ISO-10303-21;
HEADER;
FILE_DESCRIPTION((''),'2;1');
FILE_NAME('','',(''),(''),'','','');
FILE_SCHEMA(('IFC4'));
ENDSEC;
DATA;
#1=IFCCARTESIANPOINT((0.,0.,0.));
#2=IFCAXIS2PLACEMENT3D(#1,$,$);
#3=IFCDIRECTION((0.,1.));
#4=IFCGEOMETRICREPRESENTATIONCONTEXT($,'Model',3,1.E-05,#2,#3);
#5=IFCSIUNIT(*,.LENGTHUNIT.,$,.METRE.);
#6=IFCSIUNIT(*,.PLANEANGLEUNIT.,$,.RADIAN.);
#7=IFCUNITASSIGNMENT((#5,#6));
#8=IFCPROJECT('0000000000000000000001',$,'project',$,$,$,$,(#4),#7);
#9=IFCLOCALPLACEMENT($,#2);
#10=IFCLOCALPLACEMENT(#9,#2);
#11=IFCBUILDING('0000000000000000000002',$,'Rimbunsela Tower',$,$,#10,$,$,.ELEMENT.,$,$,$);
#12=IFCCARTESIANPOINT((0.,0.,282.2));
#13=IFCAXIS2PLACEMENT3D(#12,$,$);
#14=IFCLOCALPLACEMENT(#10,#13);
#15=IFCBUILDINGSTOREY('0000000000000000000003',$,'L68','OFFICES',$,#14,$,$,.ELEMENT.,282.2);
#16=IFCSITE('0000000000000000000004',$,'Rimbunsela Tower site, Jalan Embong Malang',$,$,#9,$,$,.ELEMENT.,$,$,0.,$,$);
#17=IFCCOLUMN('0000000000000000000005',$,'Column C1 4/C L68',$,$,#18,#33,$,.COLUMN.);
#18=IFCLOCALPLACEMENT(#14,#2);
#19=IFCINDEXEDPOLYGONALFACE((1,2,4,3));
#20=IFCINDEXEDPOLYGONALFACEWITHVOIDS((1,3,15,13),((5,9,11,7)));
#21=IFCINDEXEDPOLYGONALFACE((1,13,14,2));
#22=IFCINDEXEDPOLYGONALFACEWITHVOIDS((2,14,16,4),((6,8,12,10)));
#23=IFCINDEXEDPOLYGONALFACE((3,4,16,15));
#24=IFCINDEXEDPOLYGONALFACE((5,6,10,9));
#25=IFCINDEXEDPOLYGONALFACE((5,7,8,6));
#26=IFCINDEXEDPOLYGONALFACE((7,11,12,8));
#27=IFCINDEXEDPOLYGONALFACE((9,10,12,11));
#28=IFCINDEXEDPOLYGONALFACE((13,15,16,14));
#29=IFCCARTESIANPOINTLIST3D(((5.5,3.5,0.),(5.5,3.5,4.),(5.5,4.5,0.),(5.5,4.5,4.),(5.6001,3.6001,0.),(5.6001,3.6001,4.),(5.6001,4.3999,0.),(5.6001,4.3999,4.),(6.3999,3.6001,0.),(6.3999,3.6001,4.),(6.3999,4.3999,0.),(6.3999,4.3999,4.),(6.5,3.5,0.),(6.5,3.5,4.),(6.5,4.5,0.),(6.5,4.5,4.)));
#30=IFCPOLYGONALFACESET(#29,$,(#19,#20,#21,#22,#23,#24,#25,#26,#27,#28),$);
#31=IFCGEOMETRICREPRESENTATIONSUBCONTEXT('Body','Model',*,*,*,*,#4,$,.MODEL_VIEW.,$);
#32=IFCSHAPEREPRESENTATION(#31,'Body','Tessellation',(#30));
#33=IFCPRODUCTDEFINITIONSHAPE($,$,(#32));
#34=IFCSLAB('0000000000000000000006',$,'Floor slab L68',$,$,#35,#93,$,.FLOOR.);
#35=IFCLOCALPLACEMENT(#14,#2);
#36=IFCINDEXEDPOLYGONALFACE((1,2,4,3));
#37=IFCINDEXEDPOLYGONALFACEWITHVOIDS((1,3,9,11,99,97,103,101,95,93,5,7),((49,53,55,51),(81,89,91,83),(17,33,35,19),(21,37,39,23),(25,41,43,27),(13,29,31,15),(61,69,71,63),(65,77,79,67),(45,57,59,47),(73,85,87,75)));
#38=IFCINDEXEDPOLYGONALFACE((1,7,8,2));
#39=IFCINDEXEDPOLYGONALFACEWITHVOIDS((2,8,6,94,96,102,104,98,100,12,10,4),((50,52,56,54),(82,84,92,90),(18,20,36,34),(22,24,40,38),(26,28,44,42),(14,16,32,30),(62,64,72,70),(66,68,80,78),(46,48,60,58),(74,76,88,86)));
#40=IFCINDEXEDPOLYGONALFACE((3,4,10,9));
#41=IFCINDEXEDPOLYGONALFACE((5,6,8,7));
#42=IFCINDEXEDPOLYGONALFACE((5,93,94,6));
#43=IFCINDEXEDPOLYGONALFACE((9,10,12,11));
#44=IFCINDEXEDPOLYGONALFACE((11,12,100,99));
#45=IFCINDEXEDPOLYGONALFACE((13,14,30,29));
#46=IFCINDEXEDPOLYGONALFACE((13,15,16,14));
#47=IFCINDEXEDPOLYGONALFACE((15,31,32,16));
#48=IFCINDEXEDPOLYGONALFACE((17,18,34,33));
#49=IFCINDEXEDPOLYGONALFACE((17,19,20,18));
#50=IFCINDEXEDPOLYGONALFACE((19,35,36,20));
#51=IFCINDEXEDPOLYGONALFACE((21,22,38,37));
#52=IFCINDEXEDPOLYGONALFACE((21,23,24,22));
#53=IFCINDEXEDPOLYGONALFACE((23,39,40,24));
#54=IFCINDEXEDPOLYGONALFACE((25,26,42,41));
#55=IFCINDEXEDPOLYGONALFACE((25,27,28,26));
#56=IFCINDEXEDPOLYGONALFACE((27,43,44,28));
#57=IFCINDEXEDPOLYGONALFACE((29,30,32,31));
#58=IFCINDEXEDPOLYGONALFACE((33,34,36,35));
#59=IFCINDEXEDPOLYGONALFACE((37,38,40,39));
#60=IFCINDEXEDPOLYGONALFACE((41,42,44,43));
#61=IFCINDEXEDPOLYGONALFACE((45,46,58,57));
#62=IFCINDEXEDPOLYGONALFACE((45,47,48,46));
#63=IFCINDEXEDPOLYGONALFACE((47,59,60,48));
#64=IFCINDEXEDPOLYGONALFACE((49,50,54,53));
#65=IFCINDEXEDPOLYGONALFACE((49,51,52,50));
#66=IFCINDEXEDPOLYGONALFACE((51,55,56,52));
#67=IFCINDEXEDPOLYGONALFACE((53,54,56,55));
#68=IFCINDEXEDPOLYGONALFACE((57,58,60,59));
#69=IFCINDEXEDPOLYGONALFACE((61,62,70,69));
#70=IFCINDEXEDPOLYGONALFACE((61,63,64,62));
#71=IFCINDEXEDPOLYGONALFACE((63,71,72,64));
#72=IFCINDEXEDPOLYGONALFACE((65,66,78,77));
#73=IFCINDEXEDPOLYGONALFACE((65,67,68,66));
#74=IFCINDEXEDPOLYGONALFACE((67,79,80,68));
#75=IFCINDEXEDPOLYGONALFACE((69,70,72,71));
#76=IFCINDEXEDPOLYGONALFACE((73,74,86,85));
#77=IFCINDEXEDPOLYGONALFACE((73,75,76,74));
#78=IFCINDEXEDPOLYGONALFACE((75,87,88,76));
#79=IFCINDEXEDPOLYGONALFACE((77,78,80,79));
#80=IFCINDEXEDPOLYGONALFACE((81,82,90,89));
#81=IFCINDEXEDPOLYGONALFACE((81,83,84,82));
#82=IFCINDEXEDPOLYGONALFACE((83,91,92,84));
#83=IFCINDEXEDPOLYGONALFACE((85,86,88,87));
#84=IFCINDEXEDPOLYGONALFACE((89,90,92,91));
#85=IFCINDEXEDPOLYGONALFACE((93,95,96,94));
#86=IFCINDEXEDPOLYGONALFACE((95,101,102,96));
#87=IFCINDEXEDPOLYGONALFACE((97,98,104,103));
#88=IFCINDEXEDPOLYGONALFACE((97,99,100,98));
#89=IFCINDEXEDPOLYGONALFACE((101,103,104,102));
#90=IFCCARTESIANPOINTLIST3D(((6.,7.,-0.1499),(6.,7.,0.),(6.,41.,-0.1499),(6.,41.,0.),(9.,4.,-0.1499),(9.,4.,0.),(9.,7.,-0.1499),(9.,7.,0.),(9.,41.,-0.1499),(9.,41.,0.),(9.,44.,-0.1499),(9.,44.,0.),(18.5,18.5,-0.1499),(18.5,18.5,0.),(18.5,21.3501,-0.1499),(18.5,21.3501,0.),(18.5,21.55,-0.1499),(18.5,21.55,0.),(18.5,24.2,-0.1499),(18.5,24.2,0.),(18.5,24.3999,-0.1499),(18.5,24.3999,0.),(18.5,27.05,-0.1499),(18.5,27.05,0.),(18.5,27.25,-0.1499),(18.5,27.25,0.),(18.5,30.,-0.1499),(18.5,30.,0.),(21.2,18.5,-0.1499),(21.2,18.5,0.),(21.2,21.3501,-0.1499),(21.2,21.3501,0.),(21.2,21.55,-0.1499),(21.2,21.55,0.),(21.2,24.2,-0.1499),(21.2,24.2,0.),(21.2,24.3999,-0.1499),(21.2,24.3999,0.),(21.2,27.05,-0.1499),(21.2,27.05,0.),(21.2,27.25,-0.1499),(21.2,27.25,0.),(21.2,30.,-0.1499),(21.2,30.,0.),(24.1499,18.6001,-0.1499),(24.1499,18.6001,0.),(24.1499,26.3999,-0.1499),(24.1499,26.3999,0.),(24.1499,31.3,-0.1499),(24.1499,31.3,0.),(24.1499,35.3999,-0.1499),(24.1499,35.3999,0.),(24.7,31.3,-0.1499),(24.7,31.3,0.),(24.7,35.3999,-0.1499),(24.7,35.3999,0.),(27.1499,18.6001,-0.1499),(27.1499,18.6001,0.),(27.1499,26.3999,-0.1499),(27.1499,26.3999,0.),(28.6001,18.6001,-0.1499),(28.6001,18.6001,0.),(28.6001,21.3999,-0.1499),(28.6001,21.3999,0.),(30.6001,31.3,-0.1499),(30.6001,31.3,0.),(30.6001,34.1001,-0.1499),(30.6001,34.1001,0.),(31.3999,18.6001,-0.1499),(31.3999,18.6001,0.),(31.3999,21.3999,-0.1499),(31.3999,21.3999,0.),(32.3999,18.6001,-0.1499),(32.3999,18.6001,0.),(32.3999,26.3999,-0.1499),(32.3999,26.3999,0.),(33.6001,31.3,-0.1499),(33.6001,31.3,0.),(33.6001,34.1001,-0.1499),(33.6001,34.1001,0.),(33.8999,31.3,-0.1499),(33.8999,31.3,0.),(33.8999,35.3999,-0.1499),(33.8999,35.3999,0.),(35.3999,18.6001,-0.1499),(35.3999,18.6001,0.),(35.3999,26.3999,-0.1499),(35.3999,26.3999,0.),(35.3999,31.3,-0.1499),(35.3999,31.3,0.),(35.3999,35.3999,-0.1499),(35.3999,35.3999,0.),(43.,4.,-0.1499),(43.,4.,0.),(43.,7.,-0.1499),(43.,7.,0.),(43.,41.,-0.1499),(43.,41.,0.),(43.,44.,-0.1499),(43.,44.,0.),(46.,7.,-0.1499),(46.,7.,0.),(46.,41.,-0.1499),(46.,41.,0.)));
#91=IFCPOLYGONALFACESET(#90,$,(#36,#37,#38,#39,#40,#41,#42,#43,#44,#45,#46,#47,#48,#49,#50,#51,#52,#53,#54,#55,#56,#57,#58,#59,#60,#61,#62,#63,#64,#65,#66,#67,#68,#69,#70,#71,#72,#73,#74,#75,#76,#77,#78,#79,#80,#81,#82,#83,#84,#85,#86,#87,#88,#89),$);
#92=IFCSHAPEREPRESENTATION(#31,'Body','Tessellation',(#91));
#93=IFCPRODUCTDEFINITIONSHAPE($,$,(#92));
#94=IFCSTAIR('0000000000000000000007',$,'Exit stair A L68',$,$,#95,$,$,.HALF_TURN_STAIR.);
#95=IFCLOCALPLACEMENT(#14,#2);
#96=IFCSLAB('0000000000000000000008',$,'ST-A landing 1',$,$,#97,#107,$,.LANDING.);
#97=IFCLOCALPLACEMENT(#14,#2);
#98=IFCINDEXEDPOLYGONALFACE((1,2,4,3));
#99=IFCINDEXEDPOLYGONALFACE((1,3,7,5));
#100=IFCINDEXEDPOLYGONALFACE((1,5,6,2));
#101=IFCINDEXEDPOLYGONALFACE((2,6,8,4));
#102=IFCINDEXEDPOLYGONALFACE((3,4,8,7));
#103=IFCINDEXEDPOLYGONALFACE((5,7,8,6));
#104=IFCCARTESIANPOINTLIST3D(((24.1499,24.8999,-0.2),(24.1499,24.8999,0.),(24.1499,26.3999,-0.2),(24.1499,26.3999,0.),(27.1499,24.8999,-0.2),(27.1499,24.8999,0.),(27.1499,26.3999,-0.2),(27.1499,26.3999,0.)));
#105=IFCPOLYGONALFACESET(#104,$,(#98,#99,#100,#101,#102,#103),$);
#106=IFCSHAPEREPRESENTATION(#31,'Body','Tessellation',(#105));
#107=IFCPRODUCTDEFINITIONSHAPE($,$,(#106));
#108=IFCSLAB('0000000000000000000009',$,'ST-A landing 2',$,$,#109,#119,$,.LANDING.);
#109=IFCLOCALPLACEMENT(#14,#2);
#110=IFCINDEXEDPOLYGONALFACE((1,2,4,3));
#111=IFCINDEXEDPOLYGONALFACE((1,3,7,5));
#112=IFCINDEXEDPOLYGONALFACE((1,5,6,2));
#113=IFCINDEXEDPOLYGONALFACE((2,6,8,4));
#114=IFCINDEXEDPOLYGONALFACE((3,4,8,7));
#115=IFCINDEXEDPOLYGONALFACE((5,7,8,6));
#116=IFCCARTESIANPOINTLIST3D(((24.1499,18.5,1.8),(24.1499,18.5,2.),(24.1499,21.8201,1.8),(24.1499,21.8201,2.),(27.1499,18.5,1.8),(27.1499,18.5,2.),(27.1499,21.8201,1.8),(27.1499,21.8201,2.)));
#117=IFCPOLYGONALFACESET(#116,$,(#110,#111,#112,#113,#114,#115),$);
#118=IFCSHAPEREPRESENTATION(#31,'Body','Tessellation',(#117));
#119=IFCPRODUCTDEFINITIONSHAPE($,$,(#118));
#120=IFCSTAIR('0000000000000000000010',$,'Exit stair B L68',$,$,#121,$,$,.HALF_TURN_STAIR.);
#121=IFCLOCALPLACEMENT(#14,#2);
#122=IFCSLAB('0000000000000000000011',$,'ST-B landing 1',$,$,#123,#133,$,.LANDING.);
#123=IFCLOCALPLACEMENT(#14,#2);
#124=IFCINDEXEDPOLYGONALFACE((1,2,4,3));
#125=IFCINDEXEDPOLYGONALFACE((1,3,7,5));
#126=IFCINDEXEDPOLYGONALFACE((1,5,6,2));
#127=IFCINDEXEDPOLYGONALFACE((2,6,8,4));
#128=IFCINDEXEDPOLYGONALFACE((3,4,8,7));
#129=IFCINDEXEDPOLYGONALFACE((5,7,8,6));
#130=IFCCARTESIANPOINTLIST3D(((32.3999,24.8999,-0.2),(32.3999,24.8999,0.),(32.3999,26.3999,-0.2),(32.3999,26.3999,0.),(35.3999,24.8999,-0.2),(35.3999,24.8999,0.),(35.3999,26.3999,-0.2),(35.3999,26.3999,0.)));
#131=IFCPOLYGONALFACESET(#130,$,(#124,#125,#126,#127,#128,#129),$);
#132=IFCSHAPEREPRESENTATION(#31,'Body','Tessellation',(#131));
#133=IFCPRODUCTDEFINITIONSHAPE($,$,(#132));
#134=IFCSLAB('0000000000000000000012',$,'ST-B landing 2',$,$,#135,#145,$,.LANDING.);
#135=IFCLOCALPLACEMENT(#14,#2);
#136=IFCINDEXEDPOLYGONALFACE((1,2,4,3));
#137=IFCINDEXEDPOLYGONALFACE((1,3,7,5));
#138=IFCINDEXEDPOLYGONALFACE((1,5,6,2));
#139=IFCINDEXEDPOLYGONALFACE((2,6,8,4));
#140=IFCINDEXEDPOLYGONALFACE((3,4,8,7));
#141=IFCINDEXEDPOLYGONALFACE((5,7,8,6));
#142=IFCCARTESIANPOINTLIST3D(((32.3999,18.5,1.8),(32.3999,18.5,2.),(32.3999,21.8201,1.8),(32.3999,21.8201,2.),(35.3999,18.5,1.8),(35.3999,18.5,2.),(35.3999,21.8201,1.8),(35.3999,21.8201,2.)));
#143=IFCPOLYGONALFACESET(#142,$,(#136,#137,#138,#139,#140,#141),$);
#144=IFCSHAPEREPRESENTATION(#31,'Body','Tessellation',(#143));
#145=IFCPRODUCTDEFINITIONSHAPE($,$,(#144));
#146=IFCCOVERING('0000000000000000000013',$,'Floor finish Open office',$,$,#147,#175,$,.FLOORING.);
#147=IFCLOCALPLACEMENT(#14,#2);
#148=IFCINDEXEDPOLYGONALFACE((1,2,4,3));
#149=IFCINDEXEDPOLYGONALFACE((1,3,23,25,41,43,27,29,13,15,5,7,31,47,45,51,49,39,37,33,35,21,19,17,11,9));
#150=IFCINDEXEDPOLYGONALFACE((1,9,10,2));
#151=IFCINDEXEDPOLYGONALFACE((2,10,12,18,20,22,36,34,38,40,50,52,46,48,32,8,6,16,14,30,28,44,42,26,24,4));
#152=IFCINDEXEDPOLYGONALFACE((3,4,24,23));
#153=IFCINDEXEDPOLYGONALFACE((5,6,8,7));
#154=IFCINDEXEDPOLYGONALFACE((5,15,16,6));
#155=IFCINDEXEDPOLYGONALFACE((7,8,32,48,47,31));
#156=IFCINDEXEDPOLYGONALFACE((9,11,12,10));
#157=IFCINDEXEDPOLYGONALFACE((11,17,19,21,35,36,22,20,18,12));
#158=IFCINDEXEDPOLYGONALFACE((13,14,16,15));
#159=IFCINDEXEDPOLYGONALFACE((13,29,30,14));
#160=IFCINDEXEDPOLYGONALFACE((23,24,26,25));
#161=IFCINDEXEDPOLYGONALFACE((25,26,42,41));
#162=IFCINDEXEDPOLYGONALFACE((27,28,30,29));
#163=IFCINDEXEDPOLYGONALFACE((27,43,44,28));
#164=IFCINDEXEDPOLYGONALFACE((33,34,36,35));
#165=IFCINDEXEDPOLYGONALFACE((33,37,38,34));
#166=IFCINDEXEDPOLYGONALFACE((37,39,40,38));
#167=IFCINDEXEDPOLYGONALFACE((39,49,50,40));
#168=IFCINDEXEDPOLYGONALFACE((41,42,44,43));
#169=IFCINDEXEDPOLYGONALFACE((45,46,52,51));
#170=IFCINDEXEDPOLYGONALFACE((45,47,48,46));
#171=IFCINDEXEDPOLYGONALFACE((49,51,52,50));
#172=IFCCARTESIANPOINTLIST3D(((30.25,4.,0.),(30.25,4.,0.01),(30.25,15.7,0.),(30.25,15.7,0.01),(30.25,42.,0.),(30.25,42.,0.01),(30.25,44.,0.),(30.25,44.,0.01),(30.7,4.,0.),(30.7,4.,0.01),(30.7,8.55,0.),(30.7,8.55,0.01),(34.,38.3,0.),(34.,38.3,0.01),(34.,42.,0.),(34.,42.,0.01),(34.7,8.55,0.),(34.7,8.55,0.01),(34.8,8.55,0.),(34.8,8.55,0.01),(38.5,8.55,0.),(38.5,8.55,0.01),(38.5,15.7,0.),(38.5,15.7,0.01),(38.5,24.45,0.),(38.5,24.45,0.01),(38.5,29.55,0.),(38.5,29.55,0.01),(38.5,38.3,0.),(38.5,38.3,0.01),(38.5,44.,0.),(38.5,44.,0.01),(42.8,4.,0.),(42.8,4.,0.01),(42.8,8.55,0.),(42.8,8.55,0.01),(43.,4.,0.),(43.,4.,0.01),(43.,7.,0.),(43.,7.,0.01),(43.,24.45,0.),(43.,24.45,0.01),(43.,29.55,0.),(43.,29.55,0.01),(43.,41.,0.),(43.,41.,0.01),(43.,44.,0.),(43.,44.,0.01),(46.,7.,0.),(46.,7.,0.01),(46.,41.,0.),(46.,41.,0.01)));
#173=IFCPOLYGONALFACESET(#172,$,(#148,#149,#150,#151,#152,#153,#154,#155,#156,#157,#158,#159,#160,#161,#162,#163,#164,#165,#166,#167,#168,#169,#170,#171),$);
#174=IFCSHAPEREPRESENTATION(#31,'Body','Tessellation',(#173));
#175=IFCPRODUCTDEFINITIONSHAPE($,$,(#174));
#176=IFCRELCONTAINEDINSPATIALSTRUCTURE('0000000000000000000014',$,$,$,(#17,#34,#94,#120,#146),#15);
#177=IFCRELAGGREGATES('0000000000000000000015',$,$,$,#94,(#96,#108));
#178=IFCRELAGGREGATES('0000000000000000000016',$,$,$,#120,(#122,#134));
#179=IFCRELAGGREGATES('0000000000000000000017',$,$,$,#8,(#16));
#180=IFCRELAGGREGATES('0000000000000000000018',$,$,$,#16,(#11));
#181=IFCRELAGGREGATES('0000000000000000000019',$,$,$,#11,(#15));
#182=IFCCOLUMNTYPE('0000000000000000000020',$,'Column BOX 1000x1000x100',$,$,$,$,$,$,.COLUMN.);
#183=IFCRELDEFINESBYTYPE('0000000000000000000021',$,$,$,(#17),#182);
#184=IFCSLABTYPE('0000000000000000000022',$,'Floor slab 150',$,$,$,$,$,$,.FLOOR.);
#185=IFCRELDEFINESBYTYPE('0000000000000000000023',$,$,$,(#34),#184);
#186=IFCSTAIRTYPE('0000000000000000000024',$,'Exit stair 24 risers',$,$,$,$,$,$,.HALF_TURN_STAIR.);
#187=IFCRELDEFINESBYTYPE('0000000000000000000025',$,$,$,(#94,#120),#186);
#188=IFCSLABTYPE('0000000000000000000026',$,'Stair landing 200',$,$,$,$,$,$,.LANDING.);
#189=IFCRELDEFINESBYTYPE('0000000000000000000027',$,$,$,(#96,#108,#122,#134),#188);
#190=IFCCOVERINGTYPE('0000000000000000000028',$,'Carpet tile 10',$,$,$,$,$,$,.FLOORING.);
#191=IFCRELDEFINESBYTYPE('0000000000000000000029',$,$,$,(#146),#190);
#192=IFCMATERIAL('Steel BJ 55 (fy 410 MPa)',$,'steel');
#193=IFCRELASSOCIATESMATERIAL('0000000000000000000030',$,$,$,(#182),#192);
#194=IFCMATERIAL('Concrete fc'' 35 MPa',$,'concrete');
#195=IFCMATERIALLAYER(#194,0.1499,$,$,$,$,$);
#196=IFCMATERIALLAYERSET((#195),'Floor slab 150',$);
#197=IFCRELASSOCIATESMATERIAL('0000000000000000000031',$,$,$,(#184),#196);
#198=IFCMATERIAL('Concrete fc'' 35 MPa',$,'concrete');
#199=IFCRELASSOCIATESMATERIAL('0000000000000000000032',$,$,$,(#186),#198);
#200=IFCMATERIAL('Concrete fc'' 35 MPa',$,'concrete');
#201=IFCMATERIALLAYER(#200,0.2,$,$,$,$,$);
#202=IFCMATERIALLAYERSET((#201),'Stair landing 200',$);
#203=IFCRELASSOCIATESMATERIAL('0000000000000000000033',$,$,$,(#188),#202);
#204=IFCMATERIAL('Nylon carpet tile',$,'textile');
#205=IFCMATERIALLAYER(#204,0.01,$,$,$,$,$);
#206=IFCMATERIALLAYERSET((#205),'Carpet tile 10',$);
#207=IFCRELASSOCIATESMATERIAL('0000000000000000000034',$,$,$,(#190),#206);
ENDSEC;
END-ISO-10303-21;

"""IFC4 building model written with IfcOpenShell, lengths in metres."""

from ifc_helpers import new_model, si_unit, direction, frame, origin, origin_2d, place, context, subcontext, project, spatial, polyline, hollow_rectangle, outline, extrude, material, layer, layer_set, material_profile, profile_set, type_object, element, aggregate, save


model = new_model("IFC4")

# Units and contexts
model_context = context("Model", 3, precision=1e-05, world=origin(), true_north=direction((0.0, 1.0)))
body_context = subcontext(model_context, "Body", "Model", "MODEL_VIEW")
ifc_project = project(units=[si_unit("LENGTHUNIT", "METRE"), si_unit("PLANEANGLEUNIT", "RADIAN")], contexts=[model_context])

# Site, building, storey
site_placement = place(None, origin())
site = spatial("IfcSite", under=ifc_project, at=site_placement, Name="Rimbunsela Tower site, Jalan Embong Malang", CompositionType="ELEMENT", RefElevation=0.0)
building_placement = place(site_placement, origin())
building = spatial("IfcBuilding", under=site, at=building_placement, Name="Rimbunsela Tower", CompositionType="ELEMENT")
storey_placement = place(building_placement, frame((0.0, 0.0, 282.2)))
storey = spatial("IfcBuildingStorey", under=building, at=storey_placement, Name="L68", Description="OFFICES", CompositionType="ELEMENT", Elevation=282.2)

# Column
ifc_material_1 = material(Name="Steel BJ 55 (fy 410 MPa)", Category="steel")
ifc_material_profile = material_profile(ifc_material_1, hollow_rectangle(XDim=1.0, YDim=1.0, WallThickness=0.1001, at=origin_2d()), Name="BOX 1000x1000x100")
ifc_profile_set = profile_set([ifc_material_profile], Name="Steel BJ 55 (fy 410 MPa)")
column_type = type_object("IfcColumnType", Name="Column BOX 1000x1000x100", PredefinedType="COLUMN", material=ifc_profile_set)
column_placement = place(storey_placement, frame((6.0, 4.0, 0.0), z_axis=(0.0, 0.0, 1.0), x_axis=(1.0, 0.0, 0.0)))
element("IfcColumn", 1, at=column_placement, inside=storey, type_object=column_type, Name="Column C1 4/C L68", PredefinedType="COLUMN", context=body_context, shape_type="SweptSolid", body=[
    extrude(hollow_rectangle(XDim=1.0, YDim=1.0, WallThickness=0.1001, at=origin_2d()), origin(), (0.0, 0.0, 1.0), 4.0),
])

# Slab
ifc_material_2 = material(Name="Concrete fc' 35 MPa", Category="concrete")
ifc_layer_1 = layer(ifc_material_2, 0.1499)
ifc_layer_set_1 = layer_set([ifc_layer_1], Name="Floor slab 150")
slab_type_1 = type_object("IfcSlabType", Name="Floor slab 150", PredefinedType="FLOOR", material=ifc_layer_set_1)
slab_1_placement = place(storey_placement, frame((0.0, 0.0, -0.1499)))
element("IfcSlab", 2, at=slab_1_placement, inside=storey, type_object=slab_type_1, Name="Floor slab L68", PredefinedType="FLOOR", context=body_context, shape_type="SweptSolid", body=[
    extrude(outline(polyline([(9.0, 4.0), (43.0, 4.0), (43.0, 7.0), (46.0, 7.0), (46.0, 41.0), (43.0, 41.0), (43.0, 44.0), (9.0, 44.0), (9.0, 41.0), (6.0, 41.0), (6.0, 7.0), (9.0, 7.0), (9.0, 4.0)]), holes=[polyline([(21.2, 21.3501), (18.5, 21.3501), (18.5, 18.5), (21.2, 18.5), (21.2, 21.3501)]), polyline([(21.2, 21.55), (21.2, 24.2), (18.5, 24.2), (18.5, 21.55), (21.2, 21.55)]), polyline([(21.2, 27.05), (18.5, 27.05), (18.5, 24.3999), (21.2, 24.3999), (21.2, 27.05)]), polyline([(21.2, 30.0), (18.5, 30.0), (18.5, 27.25), (21.2, 27.25), (21.2, 30.0)]), polyline([(27.1499, 26.3999), (24.1499, 26.3999), (24.1499, 18.6001), (27.1499, 18.6001), (27.1499, 26.3999)]), polyline([(24.7, 31.3), (24.7, 35.3999), (24.1499, 35.3999), (24.1499, 31.3), (24.7, 31.3)]), polyline([(31.3999, 21.3999), (28.6001, 21.3999), (28.6001, 18.6001), (31.3999, 18.6001), (31.3999, 21.3999)]), polyline([(33.6001, 34.1001), (30.6001, 34.1001), (30.6001, 31.3), (33.6001, 31.3), (33.6001, 34.1001)]), polyline([(35.3999, 18.6001), (35.3999, 26.3999), (32.3999, 26.3999), (32.3999, 18.6001), (35.3999, 18.6001)]), polyline([(35.3999, 31.3), (35.3999, 35.3999), (33.8999, 35.3999), (33.8999, 31.3), (35.3999, 31.3)])]), origin(), (0.0, 0.0, 1.0), 0.1499),
])

# Stairs, slabs
ifc_material_3 = material(Name="Concrete fc' 35 MPa", Category="concrete")
stair_type = type_object("IfcStairType", Name="Exit stair 24 risers", PredefinedType="HALF_TURN_STAIR", material=ifc_material_3)
stair_1_placement = place(storey_placement, origin())
stair_1 = element("IfcStair", 3, at=stair_1_placement, inside=storey, type_object=stair_type, Name="Exit stair A L68", PredefinedType="HALF_TURN_STAIR")
ifc_material_4 = material(Name="Concrete fc' 35 MPa", Category="concrete")
ifc_layer_2 = layer(ifc_material_4, 0.2)
ifc_layer_set_2 = layer_set([ifc_layer_2], Name="Stair landing 200")
slab_type_2 = type_object("IfcSlabType", Name="Stair landing 200", PredefinedType="LANDING", material=ifc_layer_set_2)
slab_2_placement = place(storey_placement, frame((0.0, 0.0, -0.2)))
slab_2 = element("IfcSlab", 4, at=slab_2_placement, type_object=slab_type_2, Name="ST-A landing 1", PredefinedType="LANDING", context=body_context, shape_type="SweptSolid", body=[
    extrude(outline(polyline([(24.1499, 24.8999), (27.1499, 24.8999), (27.1499, 26.3999), (24.1499, 26.3999), (24.1499, 24.8999)])), origin(), (0.0, 0.0, 1.0), 0.2),
])
slab_3_placement = place(storey_placement, frame((0.0, 0.0, 1.8)))
slab_3 = element("IfcSlab", 5, at=slab_3_placement, type_object=slab_type_2, Name="ST-A landing 2", PredefinedType="LANDING", context=body_context, shape_type="SweptSolid", body=[
    extrude(outline(polyline([(24.1499, 18.5), (27.1499, 18.5), (27.1499, 21.8201), (24.1499, 21.8201), (24.1499, 18.5)])), origin(), (0.0, 0.0, 1.0), 0.2),
])
aggregate(stair_1, [slab_2, slab_3])
stair_2_placement = place(storey_placement, origin())
stair_2 = element("IfcStair", 6, at=stair_2_placement, inside=storey, type_object=stair_type, Name="Exit stair B L68", PredefinedType="HALF_TURN_STAIR")
slab_4_placement = place(storey_placement, frame((0.0, 0.0, -0.2)))
slab_4 = element("IfcSlab", 7, at=slab_4_placement, type_object=slab_type_2, Name="ST-B landing 1", PredefinedType="LANDING", context=body_context, shape_type="SweptSolid", body=[
    extrude(outline(polyline([(32.3999, 24.8999), (35.3999, 24.8999), (35.3999, 26.3999), (32.3999, 26.3999), (32.3999, 24.8999)])), origin(), (0.0, 0.0, 1.0), 0.2),
])
slab_5_placement = place(storey_placement, frame((0.0, 0.0, 1.8)))
slab_5 = element("IfcSlab", 8, at=slab_5_placement, type_object=slab_type_2, Name="ST-B landing 2", PredefinedType="LANDING", context=body_context, shape_type="SweptSolid", body=[
    extrude(outline(polyline([(32.3999, 18.5), (35.3999, 18.5), (35.3999, 21.8201), (32.3999, 21.8201), (32.3999, 18.5)])), origin(), (0.0, 0.0, 1.0), 0.2),
])
aggregate(stair_2, [slab_4, slab_5])

# Covering
ifc_material_5 = material(Name="Nylon carpet tile", Category="textile")
ifc_layer_3 = layer(ifc_material_5, 0.01)
ifc_layer_set_3 = layer_set([ifc_layer_3], Name="Carpet tile 10")
covering_type_1 = type_object("IfcCoveringType", Name="Carpet tile 10", PredefinedType="FLOORING", material=ifc_layer_set_3)
covering_1_placement = place(storey_placement, origin())
element("IfcCovering", 9, at=covering_1_placement, inside=storey, type_object=covering_type_1, Name="Floor finish Open office", PredefinedType="FLOORING", context=body_context, shape_type="SweptSolid", body=[
    extrude(outline(polyline([(30.7, 8.55), (30.7, 4.0), (30.25, 4.0), (30.25, 15.7), (38.5, 15.7), (38.5, 24.45), (43.0, 24.45), (43.0, 29.55), (38.5, 29.55), (38.5, 38.3), (34.0, 38.3), (34.0, 42.0), (30.25, 42.0), (30.25, 44.0), (38.5, 44.0), (43.0, 44.0), (43.0, 41.0), (46.0, 41.0), (46.0, 7.0), (43.0, 7.0), (43.0, 4.0), (42.8, 4.0), (42.8, 8.55), (38.5, 8.55), (34.8, 8.55), (34.7, 8.55), (30.7, 8.55)])), origin(), (0.0, 0.0, 1.0), 0.01),
])

save(model, "model.ifc")
